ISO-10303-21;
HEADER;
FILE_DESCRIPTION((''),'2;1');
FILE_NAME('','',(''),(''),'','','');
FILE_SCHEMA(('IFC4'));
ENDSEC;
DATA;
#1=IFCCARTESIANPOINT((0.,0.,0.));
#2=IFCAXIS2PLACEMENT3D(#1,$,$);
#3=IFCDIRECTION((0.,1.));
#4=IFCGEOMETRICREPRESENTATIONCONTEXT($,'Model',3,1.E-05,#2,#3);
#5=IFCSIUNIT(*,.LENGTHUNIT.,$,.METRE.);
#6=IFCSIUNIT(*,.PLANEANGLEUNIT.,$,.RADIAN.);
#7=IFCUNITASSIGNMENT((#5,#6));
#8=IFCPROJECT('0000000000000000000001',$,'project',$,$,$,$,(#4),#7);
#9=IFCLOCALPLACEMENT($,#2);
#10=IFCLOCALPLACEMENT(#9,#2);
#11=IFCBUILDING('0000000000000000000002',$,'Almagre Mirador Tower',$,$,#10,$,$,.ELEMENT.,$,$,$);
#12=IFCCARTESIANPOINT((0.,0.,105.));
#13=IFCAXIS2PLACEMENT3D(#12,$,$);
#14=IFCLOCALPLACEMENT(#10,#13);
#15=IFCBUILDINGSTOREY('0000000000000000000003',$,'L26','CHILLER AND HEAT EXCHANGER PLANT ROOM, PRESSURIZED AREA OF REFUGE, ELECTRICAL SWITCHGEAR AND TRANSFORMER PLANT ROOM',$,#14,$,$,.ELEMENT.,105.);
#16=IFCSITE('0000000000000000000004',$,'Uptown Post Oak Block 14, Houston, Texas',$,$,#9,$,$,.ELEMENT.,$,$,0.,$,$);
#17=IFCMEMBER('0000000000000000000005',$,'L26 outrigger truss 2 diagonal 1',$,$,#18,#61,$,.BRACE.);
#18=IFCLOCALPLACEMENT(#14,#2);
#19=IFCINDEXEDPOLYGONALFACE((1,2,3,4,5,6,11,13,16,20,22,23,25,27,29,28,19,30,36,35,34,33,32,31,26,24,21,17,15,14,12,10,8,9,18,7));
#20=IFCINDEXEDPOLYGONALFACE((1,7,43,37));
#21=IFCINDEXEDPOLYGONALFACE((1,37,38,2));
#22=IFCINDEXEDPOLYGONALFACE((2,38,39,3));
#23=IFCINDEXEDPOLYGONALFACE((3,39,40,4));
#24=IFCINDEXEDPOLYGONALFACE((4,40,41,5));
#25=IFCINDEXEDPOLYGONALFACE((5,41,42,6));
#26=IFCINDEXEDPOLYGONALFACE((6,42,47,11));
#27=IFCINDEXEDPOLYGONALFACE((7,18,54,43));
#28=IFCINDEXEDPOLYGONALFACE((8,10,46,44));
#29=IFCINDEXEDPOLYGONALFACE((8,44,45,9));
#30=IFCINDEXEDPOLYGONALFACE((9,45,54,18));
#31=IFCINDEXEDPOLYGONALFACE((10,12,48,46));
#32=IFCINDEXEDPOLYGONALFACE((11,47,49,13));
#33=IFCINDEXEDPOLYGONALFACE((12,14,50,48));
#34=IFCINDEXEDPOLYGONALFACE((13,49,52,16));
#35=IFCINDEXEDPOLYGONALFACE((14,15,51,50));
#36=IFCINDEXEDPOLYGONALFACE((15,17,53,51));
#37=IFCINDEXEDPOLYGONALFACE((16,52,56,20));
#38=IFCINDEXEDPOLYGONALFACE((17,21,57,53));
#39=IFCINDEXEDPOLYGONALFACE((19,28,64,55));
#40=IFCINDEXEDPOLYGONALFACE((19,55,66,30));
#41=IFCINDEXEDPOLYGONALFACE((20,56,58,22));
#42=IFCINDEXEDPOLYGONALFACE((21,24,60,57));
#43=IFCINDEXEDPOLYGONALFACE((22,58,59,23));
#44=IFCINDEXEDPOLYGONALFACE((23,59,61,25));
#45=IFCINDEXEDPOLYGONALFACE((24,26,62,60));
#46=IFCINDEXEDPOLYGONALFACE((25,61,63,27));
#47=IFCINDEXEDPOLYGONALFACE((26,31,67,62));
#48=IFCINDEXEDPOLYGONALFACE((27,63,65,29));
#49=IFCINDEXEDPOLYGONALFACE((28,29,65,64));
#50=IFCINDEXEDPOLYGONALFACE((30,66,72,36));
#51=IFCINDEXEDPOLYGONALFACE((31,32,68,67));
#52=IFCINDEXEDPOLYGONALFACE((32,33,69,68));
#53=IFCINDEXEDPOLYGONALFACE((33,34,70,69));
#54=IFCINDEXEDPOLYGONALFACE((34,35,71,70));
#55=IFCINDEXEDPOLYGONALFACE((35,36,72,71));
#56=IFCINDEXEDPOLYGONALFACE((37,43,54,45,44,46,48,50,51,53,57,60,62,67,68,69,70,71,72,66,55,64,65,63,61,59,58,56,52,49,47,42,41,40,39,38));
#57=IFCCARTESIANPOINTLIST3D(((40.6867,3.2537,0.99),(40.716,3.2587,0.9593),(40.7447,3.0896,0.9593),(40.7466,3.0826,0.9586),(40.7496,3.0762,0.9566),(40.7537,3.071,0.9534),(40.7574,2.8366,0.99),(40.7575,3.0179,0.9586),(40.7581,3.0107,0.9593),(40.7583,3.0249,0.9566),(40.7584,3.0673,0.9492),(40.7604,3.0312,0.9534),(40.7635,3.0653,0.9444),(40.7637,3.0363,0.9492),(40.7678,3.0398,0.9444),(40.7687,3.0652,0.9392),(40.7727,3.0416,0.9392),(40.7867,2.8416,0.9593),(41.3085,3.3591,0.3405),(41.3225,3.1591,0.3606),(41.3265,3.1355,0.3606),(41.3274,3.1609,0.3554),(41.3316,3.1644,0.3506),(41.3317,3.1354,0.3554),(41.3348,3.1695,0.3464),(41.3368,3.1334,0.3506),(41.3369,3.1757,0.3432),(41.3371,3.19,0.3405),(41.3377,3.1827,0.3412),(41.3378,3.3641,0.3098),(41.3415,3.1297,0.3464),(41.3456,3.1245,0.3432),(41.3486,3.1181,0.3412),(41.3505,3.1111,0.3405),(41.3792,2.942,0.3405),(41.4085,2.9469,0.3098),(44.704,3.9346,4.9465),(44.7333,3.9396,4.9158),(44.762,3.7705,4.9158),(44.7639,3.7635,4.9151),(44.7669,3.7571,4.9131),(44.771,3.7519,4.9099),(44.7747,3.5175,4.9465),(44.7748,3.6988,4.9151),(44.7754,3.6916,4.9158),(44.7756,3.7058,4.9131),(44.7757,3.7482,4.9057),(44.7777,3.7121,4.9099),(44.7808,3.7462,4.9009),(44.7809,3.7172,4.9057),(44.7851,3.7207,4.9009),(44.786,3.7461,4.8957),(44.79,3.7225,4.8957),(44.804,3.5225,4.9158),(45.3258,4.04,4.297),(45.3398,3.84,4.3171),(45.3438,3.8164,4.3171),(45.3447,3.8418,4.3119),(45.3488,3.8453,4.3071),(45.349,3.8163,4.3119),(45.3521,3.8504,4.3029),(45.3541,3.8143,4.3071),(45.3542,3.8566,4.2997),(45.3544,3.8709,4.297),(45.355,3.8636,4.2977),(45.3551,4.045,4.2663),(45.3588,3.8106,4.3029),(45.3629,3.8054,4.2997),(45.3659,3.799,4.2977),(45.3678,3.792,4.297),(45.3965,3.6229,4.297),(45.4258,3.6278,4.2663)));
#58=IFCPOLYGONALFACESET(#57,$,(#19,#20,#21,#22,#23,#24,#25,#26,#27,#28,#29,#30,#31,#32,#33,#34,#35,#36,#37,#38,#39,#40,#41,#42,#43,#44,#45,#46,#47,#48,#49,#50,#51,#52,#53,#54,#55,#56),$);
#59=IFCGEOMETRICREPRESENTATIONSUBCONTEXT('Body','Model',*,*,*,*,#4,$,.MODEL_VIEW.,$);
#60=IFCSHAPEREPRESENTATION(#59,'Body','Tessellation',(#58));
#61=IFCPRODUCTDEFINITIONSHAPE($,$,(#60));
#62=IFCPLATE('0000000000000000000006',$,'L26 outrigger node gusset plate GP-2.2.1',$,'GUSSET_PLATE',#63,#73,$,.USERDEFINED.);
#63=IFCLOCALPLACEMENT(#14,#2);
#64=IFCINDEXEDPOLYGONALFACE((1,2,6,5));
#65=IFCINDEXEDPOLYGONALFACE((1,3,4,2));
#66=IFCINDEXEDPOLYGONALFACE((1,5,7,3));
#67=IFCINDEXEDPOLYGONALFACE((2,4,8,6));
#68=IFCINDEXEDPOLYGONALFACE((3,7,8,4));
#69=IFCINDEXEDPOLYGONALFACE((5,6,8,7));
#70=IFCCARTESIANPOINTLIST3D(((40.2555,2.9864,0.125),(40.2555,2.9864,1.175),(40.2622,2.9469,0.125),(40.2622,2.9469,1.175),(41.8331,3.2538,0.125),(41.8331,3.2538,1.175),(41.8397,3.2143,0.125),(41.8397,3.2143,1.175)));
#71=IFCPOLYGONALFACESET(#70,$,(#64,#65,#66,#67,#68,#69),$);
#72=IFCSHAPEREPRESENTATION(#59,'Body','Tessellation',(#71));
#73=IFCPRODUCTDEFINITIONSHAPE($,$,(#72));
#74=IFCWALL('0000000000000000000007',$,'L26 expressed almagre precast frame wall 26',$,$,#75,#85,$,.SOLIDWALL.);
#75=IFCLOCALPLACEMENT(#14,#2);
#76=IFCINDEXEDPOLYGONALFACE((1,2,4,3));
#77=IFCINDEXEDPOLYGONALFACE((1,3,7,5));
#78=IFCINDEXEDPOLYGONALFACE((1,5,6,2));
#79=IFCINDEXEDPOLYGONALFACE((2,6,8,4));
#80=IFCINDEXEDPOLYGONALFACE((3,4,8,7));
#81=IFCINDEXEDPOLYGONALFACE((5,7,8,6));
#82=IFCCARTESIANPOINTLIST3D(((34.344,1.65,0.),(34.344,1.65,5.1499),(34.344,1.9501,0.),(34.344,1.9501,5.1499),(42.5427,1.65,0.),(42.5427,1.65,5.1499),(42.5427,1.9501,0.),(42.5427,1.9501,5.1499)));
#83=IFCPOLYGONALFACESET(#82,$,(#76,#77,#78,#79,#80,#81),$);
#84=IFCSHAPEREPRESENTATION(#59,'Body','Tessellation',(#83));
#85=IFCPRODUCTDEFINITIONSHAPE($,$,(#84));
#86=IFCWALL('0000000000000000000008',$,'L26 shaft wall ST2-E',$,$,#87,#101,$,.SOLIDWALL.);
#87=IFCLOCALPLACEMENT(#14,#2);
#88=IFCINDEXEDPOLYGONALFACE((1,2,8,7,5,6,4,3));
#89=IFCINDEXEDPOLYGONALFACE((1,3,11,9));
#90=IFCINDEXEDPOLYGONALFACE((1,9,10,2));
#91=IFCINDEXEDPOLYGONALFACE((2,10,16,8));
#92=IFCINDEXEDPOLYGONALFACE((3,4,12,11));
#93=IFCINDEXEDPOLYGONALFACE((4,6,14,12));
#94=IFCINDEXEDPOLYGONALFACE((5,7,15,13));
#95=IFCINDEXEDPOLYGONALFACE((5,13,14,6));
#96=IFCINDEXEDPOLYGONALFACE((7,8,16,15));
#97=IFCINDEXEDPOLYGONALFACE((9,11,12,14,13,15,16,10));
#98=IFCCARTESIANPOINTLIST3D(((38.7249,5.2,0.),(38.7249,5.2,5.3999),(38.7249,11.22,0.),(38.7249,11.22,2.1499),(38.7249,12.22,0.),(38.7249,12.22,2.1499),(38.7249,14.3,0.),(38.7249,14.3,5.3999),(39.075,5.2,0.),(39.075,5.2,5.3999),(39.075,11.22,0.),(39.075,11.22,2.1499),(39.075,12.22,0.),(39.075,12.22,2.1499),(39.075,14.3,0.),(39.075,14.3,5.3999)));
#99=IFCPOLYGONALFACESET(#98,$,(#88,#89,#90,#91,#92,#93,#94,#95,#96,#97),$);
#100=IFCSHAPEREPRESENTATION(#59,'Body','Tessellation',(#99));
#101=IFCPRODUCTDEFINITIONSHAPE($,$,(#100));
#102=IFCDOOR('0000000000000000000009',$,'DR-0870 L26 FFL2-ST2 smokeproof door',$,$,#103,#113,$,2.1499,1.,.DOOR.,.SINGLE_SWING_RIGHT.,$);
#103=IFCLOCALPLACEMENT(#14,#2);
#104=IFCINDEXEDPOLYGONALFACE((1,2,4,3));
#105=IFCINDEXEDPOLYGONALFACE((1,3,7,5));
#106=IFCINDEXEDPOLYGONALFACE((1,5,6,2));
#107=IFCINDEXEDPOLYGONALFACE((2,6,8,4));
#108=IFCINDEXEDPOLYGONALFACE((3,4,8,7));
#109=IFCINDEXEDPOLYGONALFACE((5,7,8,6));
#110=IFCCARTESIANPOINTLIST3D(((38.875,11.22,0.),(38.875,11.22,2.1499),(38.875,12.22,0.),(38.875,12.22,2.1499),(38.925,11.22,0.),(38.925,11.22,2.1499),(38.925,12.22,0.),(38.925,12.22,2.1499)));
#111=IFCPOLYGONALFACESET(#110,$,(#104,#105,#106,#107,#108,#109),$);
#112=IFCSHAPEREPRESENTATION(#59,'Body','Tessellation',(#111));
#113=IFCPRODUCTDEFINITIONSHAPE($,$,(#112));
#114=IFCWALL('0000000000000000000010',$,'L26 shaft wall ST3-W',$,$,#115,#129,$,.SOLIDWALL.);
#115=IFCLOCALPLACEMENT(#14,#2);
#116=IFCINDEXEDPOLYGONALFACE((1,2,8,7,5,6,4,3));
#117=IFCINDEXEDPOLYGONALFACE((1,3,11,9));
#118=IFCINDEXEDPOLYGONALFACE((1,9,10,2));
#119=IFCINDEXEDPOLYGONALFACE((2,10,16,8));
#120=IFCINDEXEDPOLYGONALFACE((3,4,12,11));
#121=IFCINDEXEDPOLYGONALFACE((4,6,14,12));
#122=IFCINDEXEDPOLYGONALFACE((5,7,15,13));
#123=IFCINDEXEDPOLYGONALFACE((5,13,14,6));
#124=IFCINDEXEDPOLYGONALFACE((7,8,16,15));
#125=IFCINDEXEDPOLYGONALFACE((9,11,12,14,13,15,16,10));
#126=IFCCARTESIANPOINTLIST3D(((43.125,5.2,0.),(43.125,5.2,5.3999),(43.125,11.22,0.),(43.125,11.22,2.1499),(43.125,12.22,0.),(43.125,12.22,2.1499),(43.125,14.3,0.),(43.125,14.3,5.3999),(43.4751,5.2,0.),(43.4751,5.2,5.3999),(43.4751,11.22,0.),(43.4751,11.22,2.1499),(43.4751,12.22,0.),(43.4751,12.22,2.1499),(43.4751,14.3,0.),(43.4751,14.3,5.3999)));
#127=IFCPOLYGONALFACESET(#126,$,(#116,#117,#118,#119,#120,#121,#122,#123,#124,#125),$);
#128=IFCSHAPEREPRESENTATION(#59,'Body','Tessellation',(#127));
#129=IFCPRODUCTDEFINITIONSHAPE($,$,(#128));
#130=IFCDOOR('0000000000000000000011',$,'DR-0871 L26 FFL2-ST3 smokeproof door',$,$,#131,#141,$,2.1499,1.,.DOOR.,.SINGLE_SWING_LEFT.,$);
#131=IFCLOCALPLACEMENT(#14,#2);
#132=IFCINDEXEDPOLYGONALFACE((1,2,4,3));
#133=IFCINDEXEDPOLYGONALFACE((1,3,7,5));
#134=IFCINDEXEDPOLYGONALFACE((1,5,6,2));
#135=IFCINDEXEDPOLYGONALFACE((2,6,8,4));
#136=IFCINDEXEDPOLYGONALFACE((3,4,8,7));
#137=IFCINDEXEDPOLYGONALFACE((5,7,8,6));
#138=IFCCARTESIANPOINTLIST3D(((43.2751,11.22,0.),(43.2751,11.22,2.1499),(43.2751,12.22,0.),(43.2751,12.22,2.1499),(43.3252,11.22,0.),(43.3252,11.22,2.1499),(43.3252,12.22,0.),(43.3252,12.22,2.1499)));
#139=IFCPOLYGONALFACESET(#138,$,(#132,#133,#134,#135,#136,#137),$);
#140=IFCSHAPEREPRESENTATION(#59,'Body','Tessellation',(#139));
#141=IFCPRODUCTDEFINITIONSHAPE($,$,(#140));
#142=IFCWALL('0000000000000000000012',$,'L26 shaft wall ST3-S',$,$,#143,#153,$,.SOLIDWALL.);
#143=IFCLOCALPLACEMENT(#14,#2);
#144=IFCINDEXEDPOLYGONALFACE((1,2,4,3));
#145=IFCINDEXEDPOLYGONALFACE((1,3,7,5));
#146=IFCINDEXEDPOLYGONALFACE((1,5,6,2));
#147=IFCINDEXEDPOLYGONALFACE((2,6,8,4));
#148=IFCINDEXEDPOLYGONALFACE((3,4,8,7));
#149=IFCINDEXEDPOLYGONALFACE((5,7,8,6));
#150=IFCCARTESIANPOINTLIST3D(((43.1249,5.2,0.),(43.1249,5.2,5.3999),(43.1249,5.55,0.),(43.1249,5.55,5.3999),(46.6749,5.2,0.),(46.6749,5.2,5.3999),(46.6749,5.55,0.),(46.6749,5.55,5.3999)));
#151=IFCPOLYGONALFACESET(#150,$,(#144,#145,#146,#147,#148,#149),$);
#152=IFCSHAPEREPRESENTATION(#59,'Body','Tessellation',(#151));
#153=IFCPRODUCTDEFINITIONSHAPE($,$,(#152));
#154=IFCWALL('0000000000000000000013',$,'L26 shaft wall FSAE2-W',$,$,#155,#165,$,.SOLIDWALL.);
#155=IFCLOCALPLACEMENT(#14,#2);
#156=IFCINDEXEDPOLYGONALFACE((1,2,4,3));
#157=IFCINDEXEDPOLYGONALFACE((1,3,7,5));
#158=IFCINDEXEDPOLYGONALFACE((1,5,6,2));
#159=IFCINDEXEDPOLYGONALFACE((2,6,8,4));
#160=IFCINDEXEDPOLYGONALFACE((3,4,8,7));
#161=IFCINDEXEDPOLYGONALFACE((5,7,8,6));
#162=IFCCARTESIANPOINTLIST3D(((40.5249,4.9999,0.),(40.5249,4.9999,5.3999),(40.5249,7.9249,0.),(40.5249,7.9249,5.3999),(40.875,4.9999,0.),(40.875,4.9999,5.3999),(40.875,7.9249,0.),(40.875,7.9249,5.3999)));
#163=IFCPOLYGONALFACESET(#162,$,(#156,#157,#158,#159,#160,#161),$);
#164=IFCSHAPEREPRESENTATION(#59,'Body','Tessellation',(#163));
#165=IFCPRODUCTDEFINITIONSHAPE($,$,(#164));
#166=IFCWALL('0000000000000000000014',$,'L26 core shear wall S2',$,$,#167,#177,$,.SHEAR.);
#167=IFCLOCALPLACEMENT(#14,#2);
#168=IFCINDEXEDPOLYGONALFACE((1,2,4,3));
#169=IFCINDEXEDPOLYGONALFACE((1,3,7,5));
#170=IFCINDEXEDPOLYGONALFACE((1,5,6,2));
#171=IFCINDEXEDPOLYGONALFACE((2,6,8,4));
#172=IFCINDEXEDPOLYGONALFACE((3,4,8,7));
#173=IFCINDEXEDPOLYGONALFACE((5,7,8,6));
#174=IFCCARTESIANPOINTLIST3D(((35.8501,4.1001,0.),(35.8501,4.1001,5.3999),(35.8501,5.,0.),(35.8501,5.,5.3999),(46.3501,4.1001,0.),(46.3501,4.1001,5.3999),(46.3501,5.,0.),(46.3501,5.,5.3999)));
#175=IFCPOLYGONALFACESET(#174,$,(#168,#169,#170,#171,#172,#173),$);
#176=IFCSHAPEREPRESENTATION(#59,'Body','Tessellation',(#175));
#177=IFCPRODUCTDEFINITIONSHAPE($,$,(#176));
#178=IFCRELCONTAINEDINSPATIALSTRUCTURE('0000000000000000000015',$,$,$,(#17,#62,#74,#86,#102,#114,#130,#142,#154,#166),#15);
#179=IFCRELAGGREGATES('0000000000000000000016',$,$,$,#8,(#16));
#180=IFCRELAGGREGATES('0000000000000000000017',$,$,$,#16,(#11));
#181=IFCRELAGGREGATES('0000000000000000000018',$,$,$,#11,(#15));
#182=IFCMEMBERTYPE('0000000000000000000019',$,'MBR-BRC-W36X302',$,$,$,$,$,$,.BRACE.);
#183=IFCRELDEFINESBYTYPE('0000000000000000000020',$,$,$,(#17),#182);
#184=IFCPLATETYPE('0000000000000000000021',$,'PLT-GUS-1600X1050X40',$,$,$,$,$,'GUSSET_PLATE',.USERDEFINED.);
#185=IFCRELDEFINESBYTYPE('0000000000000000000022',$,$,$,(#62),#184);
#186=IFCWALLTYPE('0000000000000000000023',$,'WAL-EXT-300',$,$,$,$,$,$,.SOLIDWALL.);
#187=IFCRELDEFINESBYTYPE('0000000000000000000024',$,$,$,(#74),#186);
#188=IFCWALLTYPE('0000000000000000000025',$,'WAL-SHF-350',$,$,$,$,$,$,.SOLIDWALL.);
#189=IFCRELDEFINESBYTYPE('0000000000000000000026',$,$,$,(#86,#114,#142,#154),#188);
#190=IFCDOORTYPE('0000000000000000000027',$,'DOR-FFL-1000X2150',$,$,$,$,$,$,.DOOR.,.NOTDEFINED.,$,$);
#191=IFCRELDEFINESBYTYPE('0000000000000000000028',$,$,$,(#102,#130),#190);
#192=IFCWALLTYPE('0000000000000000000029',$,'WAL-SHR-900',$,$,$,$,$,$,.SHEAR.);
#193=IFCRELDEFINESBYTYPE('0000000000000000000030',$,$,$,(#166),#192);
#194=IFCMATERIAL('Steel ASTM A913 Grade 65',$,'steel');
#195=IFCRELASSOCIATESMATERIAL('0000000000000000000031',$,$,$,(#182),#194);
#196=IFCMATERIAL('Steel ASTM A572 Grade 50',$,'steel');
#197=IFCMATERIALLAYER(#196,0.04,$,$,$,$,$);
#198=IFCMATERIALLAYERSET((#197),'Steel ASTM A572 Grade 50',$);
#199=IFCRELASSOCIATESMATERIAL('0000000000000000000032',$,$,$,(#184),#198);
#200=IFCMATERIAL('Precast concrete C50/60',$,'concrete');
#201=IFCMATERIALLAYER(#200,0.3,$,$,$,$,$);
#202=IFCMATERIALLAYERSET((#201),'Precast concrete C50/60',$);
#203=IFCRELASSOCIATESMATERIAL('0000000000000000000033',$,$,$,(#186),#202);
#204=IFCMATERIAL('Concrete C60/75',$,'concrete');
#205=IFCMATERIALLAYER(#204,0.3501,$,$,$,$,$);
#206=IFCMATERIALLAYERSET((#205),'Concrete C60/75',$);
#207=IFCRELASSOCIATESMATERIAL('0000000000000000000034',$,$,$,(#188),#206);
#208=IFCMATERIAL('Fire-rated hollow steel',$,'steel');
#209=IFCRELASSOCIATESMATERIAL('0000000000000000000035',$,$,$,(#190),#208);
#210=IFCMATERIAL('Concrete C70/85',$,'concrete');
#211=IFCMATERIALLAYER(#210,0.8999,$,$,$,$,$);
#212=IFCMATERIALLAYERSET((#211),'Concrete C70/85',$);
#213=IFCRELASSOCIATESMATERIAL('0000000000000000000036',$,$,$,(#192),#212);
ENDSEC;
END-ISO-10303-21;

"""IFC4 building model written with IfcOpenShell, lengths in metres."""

from ifc_helpers import new_model, si_unit, direction, frame, frame_2d, origin, origin_2d, place, context, subcontext, project, spatial, rectangle, i_section, extrude, material, layer, layer_set, material_profile, profile_set, type_object, element, fill, save


model = new_model("IFC4")

# Units and contexts
model_context = context("Model", 3, precision=1e-05, world=origin(), true_north=direction((0.0, 1.0)))
body_context = subcontext(model_context, "Body", "Model", "MODEL_VIEW")
ifc_project = project(units=[si_unit("LENGTHUNIT", "METRE"), si_unit("PLANEANGLEUNIT", "RADIAN")], contexts=[model_context])

# Site, building, storey
site_placement = place(None, origin())
site = spatial("IfcSite", under=ifc_project, at=site_placement, Name="Uptown Post Oak Block 14, Houston, Texas", CompositionType="ELEMENT", RefElevation=0.0)
building_placement = place(site_placement, origin())
building = spatial("IfcBuilding", under=site, at=building_placement, Name="Almagre Mirador Tower", CompositionType="ELEMENT")
storey_placement = place(building_placement, frame((0.0, 0.0, 105.0)))
storey = spatial("IfcBuildingStorey", under=building, at=storey_placement, Name="L26", Description="CHILLER AND HEAT EXCHANGER PLANT ROOM, PRESSURIZED AREA OF REFUGE, ELECTRICAL SWITCHGEAR AND TRANSFORMER PLANT ROOM", CompositionType="ELEMENT", Elevation=105.0)

# Member
ifc_material_1 = material(Name="Steel ASTM A913 Grade 65", Category="steel")
ifc_material_profile_1 = material_profile(ifc_material_1, i_section(OverallWidth=0.4231, OverallDepth=0.948, WebThickness=0.0239, FlangeThickness=0.0427, FilletRadius=0.0281, at=origin_2d()), Name="W36X302")
ifc_profile_set_1 = profile_set([ifc_material_profile_1], Name="Steel ASTM A913 Grade 65")
member_type = type_object("IfcMemberType", Name="MBR-BRC-W36X302", PredefinedType="BRACE", material=ifc_profile_set_1)
member_placement = place(storey_placement, frame((41.0476, 3.1003, 0.6499), z_axis=(0.707338, 0.119889, 0.696634), x_axis=(-0.167109, 0.985938, 0.0)))
element("IfcMember", 1, at=member_placement, inside=storey, type_object=member_type, Name="L26 outrigger truss 2 diagonal 1", PredefinedType="BRACE", context=body_context, shape_type="SweptSolid", body=[
    extrude(i_section(OverallWidth=0.4231, OverallDepth=0.948, WebThickness=0.0239, FlangeThickness=0.0427, FilletRadius=0.0281, at=origin_2d()), origin(), (0.0, 0.0, 1.0), 5.6794),
])

# Plate
ifc_material_2 = material(Name="Steel ASTM A572 Grade 50", Category="steel")
ifc_layer_1 = layer(ifc_material_2, 0.04)
ifc_layer_set_1 = layer_set([ifc_layer_1], Name="Steel ASTM A572 Grade 50")
plate_type = type_object("IfcPlateType", Name="PLT-GUS-1600X1050X40", ElementType="GUSSET_PLATE", PredefinedType="USERDEFINED", material=ifc_layer_set_1)
plate_placement = place(storey_placement, frame((41.0476, 3.1003, 0.125), z_axis=(0.0, 0.0, 1.0), x_axis=(0.985935, 0.16713, 0.0)))
element("IfcPlate", 2, at=plate_placement, inside=storey, type_object=plate_type, Name="L26 outrigger node gusset plate GP-2.2.1", ObjectType="GUSSET_PLATE", PredefinedType="USERDEFINED", context=body_context, shape_type="SweptSolid", body=[
    extrude(rectangle(XDim=1.6001, YDim=0.04, at=origin_2d()), origin(), (0.0, 0.0, 1.0), 1.05),
])

# Wall
ifc_material_3 = material(Name="Precast concrete C50/60", Category="concrete")
ifc_layer_2 = layer(ifc_material_3, 0.3)
ifc_layer_set_2 = layer_set([ifc_layer_2], Name="Precast concrete C50/60")
wall_type_1 = type_object("IfcWallType", Name="WAL-EXT-300", PredefinedType="SOLIDWALL", material=ifc_layer_set_2)
wall_1_placement = place(storey_placement, frame((42.5427, 1.8, 0.0), z_axis=(0.0, 0.0, 1.0), x_axis=(-1.0, 0.0, 0.0)))
element("IfcWall", 3, at=wall_1_placement, inside=storey, type_object=wall_type_1, Name="L26 expressed almagre precast frame wall 26", PredefinedType="SOLIDWALL", context=body_context, shape_type="SweptSolid", body=[
    extrude(rectangle(XDim=8.1987, YDim=0.3, at=frame_2d((4.0994, 0.0))), origin(), (0.0, 0.0, 1.0), 5.1499),
])

# Walls, openings, doors
ifc_material_4 = material(Name="Concrete C60/75", Category="concrete")
ifc_layer_3 = layer(ifc_material_4, 0.3501)
ifc_layer_set_3 = layer_set([ifc_layer_3], Name="Concrete C60/75")
wall_type_2 = type_object("IfcWallType", Name="WAL-SHF-350", PredefinedType="SOLIDWALL", material=ifc_layer_set_3)
wall_2_placement = place(storey_placement, frame((38.8999, 5.2, 0.0), z_axis=(0.0, 0.0, 1.0), x_axis=(0.0, 1.0, 0.0)))
wall_2 = element("IfcWall", 4, at=wall_2_placement, inside=storey, type_object=wall_type_2, Name="L26 shaft wall ST2-E", PredefinedType="SOLIDWALL", context=body_context, shape_type="SweptSolid", body=[
    extrude(rectangle(XDim=9.1001, YDim=0.3501, at=frame_2d((4.55, 0.0))), origin(), (0.0, 0.0, 1.0), 5.3999),
])
opening_1_placement = place(wall_2_placement, frame((6.02, 0.0, 0.0)))
opening_1 = element("IfcOpeningElement", 5, at=opening_1_placement, cuts=wall_2, PredefinedType="OPENING", context=body_context, shape_type="SweptSolid", body=[
    extrude(rectangle(XDim=1.0, YDim=2.1499, at=frame_2d((0.5, 1.075))), frame((0.0, 0.185, 0.0), z_axis=(0.0, -1.0, 0.0), x_axis=(1.0, 0.0, 0.0)), (0.0, 0.0, 1.0), 0.3701),
])
ifc_material_5 = material(Name="Fire-rated hollow steel", Category="steel")
door_type = type_object("IfcDoorType", Name="DOR-FFL-1000X2150", OperationType="NOTDEFINED", PredefinedType="DOOR", material=ifc_material_5)
door_1_placement = place(opening_1_placement, origin())
door_1 = element("IfcDoor", 6, at=door_1_placement, inside=storey, type_object=door_type, Name="DR-0870 L26 FFL2-ST2 smokeproof door", OperationType="SINGLE_SWING_RIGHT", OverallHeight=2.1499, OverallWidth=1.0, PredefinedType="DOOR", context=body_context, shape_type="SweptSolid", body=[
    extrude(rectangle(XDim=1.0, YDim=2.1499, at=frame_2d((0.5, 1.075))), frame((0.0, 0.0249, 0.0), z_axis=(0.0, -1.0, 0.0), x_axis=(1.0, 0.0, 0.0)), (0.0, 0.0, 1.0), 0.05),
])
fill(opening_1, door_1)
wall_3_placement = place(storey_placement, frame((43.3, 5.2, 0.0), z_axis=(0.0, 0.0, 1.0), x_axis=(0.0, 1.0, 0.0)))
wall_3 = element("IfcWall", 7, at=wall_3_placement, inside=storey, type_object=wall_type_2, Name="L26 shaft wall ST3-W", PredefinedType="SOLIDWALL", context=body_context, shape_type="SweptSolid", body=[
    extrude(rectangle(XDim=9.1001, YDim=0.3501, at=frame_2d((4.55, 0.0))), origin(), (0.0, 0.0, 1.0), 5.3999),
])
opening_2_placement = place(wall_3_placement, frame((6.02, 0.0, 0.0)))
opening_2 = element("IfcOpeningElement", 8, at=opening_2_placement, cuts=wall_3, PredefinedType="OPENING", context=body_context, shape_type="SweptSolid", body=[
    extrude(rectangle(XDim=1.0, YDim=2.1499, at=frame_2d((0.5, 1.075))), frame((0.0, 0.185, 0.0), z_axis=(0.0, -1.0, 0.0), x_axis=(1.0, 0.0, 0.0)), (0.0, 0.0, 1.0), 0.3701),
])
door_2_placement = place(opening_2_placement, origin())
door_2 = element("IfcDoor", 9, at=door_2_placement, inside=storey, type_object=door_type, Name="DR-0871 L26 FFL2-ST3 smokeproof door", OperationType="SINGLE_SWING_LEFT", OverallHeight=2.1499, OverallWidth=1.0, PredefinedType="DOOR", context=body_context, shape_type="SweptSolid", body=[
    extrude(rectangle(XDim=1.0, YDim=2.1499, at=frame_2d((0.5, 1.075))), frame((0.0, 0.0249, 0.0), z_axis=(0.0, -1.0, 0.0), x_axis=(1.0, 0.0, 0.0)), (0.0, 0.0, 1.0), 0.05),
])
fill(opening_2, door_2)

# Walls
wall_4_placement = place(storey_placement, frame((43.125, 5.375, 0.0), z_axis=(0.0, 0.0, 1.0), x_axis=(1.0, 0.0, 0.0)))
element("IfcWall", 10, at=wall_4_placement, inside=storey, type_object=wall_type_2, Name="L26 shaft wall ST3-S", PredefinedType="SOLIDWALL", context=body_context, shape_type="SweptSolid", body=[
    extrude(rectangle(XDim=3.55, YDim=0.3501, at=frame_2d((1.7749, 0.0))), origin(), (0.0, 0.0, 1.0), 5.3999),
])
wall_5_placement = place(storey_placement, frame((40.7, 5.0, 0.0), z_axis=(0.0, 0.0, 1.0), x_axis=(0.0, 1.0, 0.0)))
element("IfcWall", 11, at=wall_5_placement, inside=storey, type_object=wall_type_2, Name="L26 shaft wall FSAE2-W", PredefinedType="SOLIDWALL", context=body_context, shape_type="SweptSolid", body=[
    extrude(rectangle(XDim=2.925, YDim=0.3501, at=frame_2d((1.4624, 0.0))), origin(), (0.0, 0.0, 1.0), 5.3999),
])
ifc_material_6 = material(Name="Concrete C70/85", Category="concrete")
ifc_layer_4 = layer(ifc_material_6, 0.8999)
ifc_layer_set_4 = layer_set([ifc_layer_4], Name="Concrete C70/85")
wall_type_3 = type_object("IfcWallType", Name="WAL-SHR-900", PredefinedType="SHEAR", material=ifc_layer_set_4)
wall_6_placement = place(storey_placement, frame((35.8501, 4.55, 0.0), z_axis=(0.0, 0.0, 1.0), x_axis=(1.0, 0.0, 0.0)))
element("IfcWall", 12, at=wall_6_placement, inside=storey, type_object=wall_type_3, Name="L26 core shear wall S2", PredefinedType="SHEAR", context=body_context, shape_type="SweptSolid", body=[
    extrude(rectangle(XDim=10.5, YDim=0.8999, at=frame_2d((5.25, 0.0))), origin(), (0.0, 0.0, 1.0), 5.3999),
])

save(model, "model.ifc")
